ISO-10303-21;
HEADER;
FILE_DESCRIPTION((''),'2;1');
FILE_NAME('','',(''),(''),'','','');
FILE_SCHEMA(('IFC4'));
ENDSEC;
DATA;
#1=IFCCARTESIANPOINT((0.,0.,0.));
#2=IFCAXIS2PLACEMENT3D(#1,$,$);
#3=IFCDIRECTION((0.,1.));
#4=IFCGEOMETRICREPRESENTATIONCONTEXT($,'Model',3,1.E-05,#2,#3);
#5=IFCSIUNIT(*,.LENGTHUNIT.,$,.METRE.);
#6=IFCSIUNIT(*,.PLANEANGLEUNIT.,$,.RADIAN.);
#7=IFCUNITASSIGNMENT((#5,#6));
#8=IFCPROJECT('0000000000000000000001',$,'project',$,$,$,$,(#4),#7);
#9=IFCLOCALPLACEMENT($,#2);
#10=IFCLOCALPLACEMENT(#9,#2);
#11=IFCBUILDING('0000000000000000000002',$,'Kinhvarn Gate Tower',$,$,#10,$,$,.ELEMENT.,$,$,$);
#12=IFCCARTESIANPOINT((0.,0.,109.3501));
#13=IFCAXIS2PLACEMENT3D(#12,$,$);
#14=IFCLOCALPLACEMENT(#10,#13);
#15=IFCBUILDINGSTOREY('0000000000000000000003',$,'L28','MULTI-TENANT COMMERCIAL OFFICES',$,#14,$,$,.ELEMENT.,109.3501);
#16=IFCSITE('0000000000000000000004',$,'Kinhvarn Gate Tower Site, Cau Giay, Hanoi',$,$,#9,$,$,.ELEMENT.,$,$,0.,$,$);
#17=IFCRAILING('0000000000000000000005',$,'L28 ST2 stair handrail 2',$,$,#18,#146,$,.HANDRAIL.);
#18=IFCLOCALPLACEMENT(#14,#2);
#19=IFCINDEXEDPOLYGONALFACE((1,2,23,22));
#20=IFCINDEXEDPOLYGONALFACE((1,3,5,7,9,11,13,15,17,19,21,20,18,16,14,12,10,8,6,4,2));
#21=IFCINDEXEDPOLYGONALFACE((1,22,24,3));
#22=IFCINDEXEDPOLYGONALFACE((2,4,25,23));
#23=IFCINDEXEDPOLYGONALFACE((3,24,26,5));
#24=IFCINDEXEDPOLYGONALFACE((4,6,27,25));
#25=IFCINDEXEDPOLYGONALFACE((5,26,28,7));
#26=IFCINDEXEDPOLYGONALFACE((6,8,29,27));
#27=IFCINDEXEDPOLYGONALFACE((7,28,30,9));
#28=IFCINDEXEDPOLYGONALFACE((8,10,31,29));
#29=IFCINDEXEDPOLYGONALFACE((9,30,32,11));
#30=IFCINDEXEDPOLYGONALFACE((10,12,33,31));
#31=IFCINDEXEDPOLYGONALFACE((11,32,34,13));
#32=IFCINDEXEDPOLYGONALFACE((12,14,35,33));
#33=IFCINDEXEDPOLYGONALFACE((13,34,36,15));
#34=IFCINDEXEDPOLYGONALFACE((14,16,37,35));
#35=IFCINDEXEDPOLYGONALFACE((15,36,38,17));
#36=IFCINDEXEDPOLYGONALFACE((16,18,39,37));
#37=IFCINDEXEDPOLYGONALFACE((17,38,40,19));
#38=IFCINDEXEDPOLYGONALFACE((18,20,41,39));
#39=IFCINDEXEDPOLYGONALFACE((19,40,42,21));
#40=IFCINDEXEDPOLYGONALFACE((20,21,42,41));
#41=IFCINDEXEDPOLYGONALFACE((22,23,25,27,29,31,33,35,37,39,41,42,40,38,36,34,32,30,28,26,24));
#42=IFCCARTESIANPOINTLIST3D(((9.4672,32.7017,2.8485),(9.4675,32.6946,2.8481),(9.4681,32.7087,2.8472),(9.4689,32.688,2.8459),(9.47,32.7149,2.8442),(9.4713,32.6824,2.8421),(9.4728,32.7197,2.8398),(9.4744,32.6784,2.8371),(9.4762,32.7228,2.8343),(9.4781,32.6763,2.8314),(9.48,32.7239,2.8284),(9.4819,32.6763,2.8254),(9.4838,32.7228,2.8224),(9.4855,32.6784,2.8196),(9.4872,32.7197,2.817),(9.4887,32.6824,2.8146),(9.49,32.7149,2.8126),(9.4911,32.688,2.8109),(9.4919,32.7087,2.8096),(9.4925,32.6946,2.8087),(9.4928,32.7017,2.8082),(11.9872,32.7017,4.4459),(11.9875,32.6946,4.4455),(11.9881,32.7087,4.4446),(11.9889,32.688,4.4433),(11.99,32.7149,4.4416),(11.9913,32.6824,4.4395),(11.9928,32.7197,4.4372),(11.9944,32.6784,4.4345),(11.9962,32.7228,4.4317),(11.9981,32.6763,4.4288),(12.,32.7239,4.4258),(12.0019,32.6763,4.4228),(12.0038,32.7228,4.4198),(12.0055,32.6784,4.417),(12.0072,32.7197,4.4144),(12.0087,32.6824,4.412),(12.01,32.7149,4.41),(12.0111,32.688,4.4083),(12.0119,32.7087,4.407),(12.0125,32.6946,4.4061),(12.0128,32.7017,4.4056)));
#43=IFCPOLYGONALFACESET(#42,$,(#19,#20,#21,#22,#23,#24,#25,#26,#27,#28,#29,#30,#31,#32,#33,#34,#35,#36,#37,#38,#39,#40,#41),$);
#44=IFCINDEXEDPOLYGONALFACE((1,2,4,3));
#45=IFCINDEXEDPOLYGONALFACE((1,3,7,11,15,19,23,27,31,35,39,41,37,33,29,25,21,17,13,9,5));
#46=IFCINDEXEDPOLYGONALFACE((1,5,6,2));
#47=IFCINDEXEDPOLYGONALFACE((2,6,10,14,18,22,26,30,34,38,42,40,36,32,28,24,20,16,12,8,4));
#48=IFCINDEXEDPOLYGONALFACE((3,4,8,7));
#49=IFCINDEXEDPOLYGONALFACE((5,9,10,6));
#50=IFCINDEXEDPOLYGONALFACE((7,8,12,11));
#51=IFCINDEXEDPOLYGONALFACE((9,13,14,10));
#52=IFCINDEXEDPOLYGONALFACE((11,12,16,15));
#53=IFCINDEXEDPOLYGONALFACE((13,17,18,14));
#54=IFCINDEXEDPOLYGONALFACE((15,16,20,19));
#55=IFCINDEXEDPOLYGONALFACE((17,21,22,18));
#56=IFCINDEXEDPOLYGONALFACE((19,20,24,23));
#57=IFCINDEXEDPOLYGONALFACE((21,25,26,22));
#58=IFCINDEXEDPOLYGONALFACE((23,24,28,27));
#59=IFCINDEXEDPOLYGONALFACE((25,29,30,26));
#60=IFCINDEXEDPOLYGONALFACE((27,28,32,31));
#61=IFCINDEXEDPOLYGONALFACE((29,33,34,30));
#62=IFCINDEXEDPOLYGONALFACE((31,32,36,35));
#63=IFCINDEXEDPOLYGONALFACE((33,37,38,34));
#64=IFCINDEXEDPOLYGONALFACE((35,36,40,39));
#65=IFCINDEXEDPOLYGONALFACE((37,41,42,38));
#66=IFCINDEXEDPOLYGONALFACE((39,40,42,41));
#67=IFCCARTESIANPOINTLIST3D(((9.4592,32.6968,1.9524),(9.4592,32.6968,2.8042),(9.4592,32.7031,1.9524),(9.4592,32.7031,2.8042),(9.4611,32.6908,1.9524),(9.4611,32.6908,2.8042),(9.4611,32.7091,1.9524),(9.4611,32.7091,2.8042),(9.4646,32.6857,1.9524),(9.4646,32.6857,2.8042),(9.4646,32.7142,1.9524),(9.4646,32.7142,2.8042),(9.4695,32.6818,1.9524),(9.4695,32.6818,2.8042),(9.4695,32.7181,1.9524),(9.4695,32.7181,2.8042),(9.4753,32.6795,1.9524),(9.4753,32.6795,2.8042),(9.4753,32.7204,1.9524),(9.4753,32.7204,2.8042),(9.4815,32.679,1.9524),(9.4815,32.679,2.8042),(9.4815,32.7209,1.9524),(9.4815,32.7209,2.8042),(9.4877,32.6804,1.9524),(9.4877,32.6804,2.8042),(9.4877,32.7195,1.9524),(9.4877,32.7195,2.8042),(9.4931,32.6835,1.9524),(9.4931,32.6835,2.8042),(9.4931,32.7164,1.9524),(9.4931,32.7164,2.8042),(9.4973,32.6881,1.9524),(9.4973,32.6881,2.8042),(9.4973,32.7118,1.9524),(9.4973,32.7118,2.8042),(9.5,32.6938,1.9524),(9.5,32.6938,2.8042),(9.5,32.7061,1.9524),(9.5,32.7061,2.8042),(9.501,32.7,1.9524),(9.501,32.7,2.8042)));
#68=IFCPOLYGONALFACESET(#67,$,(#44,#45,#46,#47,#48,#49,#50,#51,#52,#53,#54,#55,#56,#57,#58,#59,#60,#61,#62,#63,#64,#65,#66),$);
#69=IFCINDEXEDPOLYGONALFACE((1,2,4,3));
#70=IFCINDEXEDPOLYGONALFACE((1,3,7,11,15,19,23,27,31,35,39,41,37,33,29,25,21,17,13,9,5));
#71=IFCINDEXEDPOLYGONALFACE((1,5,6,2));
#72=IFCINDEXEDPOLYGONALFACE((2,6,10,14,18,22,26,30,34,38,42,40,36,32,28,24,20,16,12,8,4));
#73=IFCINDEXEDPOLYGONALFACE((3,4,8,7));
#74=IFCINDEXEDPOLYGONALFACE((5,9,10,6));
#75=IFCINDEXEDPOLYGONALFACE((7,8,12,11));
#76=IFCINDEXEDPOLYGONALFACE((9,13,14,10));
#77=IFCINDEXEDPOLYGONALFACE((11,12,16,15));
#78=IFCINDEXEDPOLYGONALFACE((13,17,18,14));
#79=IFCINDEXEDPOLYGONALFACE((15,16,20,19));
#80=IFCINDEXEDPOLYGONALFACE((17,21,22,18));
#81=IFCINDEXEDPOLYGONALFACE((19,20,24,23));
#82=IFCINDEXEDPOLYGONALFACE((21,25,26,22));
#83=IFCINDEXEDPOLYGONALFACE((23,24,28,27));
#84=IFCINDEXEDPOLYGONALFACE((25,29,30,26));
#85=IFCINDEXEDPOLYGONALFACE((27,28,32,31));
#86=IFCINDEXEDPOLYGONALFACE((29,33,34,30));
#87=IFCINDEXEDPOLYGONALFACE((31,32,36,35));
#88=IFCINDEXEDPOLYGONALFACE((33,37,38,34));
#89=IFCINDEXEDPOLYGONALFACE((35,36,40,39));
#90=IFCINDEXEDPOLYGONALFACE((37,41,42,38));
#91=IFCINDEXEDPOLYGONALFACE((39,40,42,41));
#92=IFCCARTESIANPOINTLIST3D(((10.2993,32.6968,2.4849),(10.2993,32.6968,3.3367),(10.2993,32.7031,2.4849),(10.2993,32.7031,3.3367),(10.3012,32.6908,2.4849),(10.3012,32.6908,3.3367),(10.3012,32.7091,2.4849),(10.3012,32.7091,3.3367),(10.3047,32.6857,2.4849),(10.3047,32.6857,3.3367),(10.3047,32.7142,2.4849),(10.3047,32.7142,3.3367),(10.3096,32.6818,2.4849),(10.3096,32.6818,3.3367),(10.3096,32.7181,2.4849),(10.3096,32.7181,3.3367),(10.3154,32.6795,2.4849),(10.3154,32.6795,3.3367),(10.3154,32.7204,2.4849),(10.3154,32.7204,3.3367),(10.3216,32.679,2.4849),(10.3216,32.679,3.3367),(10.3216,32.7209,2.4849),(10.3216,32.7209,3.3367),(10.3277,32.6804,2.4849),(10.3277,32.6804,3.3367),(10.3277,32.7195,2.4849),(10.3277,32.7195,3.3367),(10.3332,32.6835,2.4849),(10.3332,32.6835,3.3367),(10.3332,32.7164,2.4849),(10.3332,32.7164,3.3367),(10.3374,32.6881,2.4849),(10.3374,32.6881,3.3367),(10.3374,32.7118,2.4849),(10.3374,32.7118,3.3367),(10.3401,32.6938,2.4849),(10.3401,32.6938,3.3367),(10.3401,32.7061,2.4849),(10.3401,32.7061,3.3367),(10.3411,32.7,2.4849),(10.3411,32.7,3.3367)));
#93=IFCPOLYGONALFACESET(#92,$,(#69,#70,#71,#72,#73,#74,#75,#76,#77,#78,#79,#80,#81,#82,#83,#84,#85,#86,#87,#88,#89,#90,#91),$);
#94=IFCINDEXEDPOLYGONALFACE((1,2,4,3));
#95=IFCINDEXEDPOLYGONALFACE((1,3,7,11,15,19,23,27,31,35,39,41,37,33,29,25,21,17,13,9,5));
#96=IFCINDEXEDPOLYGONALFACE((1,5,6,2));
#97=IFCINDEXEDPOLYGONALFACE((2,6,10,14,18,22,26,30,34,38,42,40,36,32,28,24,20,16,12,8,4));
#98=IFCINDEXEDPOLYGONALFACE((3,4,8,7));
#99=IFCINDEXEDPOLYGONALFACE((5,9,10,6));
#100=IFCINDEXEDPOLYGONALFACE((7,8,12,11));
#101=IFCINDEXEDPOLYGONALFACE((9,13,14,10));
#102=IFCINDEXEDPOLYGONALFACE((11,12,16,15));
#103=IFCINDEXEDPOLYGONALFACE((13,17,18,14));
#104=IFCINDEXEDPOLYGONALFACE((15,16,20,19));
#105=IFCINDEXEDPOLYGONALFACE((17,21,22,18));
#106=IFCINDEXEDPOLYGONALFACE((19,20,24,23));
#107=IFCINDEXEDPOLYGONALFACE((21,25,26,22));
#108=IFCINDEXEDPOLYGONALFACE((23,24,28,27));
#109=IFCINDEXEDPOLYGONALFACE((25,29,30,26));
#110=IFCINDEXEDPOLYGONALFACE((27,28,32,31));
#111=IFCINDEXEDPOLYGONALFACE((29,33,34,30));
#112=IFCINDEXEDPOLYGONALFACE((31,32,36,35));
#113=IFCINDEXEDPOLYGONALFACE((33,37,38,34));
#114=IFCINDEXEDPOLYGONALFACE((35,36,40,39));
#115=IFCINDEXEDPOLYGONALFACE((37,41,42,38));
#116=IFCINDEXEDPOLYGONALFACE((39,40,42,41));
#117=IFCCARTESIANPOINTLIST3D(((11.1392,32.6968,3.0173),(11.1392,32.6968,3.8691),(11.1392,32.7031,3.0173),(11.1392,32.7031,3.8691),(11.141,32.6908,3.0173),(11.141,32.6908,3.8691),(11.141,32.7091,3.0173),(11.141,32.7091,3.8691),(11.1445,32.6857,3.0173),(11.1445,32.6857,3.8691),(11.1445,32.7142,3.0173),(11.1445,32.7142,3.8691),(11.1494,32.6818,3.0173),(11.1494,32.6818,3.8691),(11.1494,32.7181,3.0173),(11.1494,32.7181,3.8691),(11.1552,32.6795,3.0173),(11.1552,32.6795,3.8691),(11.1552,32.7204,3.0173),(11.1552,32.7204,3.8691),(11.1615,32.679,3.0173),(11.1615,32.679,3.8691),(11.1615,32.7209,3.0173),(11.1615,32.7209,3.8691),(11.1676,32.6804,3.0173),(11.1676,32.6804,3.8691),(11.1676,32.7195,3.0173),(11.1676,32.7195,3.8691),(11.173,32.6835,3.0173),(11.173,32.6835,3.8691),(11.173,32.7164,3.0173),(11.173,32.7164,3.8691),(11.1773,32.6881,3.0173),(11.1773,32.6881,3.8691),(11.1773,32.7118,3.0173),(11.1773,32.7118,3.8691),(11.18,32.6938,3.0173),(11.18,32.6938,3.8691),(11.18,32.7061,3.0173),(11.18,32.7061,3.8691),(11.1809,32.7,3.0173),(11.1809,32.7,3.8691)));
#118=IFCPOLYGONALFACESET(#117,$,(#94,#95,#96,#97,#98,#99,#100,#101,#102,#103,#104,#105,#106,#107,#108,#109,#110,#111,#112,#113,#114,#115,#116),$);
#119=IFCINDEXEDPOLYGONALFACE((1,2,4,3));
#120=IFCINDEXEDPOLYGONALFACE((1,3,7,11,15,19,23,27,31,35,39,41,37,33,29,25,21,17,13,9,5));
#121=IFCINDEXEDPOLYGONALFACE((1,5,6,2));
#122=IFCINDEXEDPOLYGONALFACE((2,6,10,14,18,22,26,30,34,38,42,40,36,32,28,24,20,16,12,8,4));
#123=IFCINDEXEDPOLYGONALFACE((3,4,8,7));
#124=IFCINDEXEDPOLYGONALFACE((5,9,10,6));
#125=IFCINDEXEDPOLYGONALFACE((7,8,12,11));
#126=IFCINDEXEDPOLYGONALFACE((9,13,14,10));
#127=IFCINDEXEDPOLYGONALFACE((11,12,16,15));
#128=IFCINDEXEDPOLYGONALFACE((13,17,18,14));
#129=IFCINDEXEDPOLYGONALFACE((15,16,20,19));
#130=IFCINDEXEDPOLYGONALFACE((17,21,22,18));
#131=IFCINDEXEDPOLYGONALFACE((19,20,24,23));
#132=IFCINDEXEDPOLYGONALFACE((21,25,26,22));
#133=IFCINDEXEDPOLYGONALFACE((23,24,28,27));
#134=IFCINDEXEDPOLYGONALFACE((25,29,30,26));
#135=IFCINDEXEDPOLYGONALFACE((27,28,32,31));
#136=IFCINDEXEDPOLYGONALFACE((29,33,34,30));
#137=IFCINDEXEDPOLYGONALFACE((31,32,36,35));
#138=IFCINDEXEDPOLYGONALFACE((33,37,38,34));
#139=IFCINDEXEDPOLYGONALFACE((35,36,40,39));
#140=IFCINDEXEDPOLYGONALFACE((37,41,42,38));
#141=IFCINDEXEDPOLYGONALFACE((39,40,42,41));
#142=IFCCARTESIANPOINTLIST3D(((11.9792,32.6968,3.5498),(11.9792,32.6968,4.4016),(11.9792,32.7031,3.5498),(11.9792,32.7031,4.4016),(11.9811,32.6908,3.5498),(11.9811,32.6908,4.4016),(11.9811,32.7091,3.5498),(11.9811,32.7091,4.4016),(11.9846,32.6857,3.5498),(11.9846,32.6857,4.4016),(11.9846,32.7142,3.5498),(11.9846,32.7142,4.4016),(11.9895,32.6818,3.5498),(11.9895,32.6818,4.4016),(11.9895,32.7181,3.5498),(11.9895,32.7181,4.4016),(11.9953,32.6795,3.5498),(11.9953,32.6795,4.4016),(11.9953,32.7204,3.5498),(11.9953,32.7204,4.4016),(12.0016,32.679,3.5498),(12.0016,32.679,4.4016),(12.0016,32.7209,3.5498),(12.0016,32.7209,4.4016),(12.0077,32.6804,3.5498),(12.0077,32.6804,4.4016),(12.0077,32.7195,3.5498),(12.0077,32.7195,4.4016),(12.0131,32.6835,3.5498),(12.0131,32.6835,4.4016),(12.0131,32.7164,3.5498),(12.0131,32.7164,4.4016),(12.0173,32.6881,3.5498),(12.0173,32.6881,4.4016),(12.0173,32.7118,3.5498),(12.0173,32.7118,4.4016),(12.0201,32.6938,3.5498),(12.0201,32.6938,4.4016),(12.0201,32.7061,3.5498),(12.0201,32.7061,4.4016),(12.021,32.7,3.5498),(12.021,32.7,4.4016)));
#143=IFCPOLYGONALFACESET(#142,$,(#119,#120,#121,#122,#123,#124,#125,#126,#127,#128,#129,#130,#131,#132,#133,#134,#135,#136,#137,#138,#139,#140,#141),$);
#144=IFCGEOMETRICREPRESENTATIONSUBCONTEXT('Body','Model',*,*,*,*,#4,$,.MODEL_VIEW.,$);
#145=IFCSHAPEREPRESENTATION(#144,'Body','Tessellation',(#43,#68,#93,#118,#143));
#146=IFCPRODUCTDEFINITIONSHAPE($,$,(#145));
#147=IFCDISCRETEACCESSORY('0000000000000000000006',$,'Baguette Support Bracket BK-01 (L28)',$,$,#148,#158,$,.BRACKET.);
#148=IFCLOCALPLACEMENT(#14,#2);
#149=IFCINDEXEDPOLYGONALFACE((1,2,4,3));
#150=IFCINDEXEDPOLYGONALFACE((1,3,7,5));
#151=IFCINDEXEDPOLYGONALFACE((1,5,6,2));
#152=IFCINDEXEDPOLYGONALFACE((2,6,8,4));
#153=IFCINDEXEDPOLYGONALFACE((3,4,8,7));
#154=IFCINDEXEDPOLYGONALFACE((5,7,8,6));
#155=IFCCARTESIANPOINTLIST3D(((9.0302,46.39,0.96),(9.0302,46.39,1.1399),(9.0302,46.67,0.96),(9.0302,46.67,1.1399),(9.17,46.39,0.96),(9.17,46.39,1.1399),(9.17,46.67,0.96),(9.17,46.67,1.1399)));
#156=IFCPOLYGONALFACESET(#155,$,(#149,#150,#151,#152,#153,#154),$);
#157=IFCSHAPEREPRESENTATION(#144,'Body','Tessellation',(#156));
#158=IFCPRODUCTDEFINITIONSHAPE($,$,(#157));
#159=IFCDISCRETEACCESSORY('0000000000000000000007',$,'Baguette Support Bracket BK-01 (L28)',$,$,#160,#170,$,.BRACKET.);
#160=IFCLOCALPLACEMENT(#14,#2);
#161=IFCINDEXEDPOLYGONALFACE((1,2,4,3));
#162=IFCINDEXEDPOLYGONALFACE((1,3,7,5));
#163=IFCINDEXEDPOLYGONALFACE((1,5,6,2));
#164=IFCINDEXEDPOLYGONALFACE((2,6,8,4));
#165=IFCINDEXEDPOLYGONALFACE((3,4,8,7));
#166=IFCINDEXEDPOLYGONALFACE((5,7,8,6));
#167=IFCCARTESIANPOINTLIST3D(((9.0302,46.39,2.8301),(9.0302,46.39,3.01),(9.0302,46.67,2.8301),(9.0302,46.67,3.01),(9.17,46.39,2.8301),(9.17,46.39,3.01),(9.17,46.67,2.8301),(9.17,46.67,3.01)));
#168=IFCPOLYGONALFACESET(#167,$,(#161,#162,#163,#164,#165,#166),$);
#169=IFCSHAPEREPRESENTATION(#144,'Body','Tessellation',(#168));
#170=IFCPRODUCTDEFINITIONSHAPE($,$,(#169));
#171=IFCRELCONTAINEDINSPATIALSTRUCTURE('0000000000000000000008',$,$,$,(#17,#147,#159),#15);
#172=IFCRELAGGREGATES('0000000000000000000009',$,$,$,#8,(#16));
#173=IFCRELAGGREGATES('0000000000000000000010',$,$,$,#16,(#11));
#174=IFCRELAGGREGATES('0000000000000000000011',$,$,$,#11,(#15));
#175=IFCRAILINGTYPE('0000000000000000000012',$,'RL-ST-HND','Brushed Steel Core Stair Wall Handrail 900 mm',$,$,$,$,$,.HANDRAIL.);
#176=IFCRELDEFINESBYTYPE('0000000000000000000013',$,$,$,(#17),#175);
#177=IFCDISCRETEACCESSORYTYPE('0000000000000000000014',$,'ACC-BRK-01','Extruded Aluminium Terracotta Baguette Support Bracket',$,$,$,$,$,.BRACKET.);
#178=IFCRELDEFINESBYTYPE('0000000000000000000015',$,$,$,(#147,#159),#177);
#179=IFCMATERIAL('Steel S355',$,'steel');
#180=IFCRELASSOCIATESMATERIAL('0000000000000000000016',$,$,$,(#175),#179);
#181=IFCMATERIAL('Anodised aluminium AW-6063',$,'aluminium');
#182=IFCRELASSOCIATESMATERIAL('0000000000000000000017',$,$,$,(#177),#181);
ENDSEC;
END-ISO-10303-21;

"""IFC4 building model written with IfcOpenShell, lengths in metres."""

from ifc_helpers import new_model, si_unit, direction, frame, origin, origin_2d, place, context, subcontext, project, spatial, rectangle, circle, extrude, material, type_object, element, save


model = new_model("IFC4")

# Units and contexts
model_context = context("Model", 3, precision=1e-05, world=origin(), true_north=direction((0.0, 1.0)))
body_context = subcontext(model_context, "Body", "Model", "MODEL_VIEW")
ifc_project = project(units=[si_unit("LENGTHUNIT", "METRE"), si_unit("PLANEANGLEUNIT", "RADIAN")], contexts=[model_context])

# Site, building, storey
site_placement = place(None, origin())
site = spatial("IfcSite", under=ifc_project, at=site_placement, Name="Kinhvarn Gate Tower Site, Cau Giay, Hanoi", CompositionType="ELEMENT", RefElevation=0.0)
building_placement = place(site_placement, origin())
building = spatial("IfcBuilding", under=site, at=building_placement, Name="Kinhvarn Gate Tower", CompositionType="ELEMENT")
storey_placement = place(building_placement, frame((0.0, 0.0, 109.3501)))
storey = spatial("IfcBuildingStorey", under=building, at=storey_placement, Name="L28", Description="MULTI-TENANT COMMERCIAL OFFICES", CompositionType="ELEMENT", Elevation=109.3501)

# Shared definitions
ifc_material_1 = material(Name="Anodised aluminium AW-6063", Category="aluminium")

# Shared definitions
ifc_material_2 = material(Name="Steel S355", Category="steel")

# Railing
railing_type_1 = type_object("IfcRailingType", Name="RL-ST-HND", Description="Brushed Steel Core Stair Wall Handrail 900 mm", PredefinedType="HANDRAIL", material=ifc_material_2)
railing_1_placement = place(storey_placement, frame((9.48, 32.7, 1.9524)))
element("IfcRailing", 1, at=railing_1_placement, inside=storey, type_object=railing_type_1, Name="L28 ST2 stair handrail 2", PredefinedType="HANDRAIL", context=body_context, shape_type="SweptSolid", body=[
    extrude(circle(Radius=0.0239, at=origin_2d()), frame((0.0, 0.0, 0.876), z_axis=(0.844607, 0.0, 0.535387), x_axis=(0.0, 1.0, 0.0)), (0.0, 0.0, 1.0), 2.9836),
    extrude(circle(Radius=0.021, at=origin_2d()), origin(), (0.0, 0.0, 1.0), 0.8518),
    extrude(circle(Radius=0.021, at=origin_2d()), frame((0.8401, 0.0, 0.5325)), (0.0, 0.0, 1.0), 0.8518),
    extrude(circle(Radius=0.021, at=origin_2d()), frame((1.6799, 0.0, 1.0649)), (0.0, 0.0, 1.0), 0.8518),
    extrude(circle(Radius=0.021, at=origin_2d()), frame((2.52, 0.0, 1.5974)), (0.0, 0.0, 1.0), 0.8518),
])

# Discrete accessories
discrete_accessory_type = type_object("IfcDiscreteAccessoryType", Name="ACC-BRK-01", Description="Extruded Aluminium Terracotta Baguette Support Bracket", PredefinedType="BRACKET", material=ifc_material_1)
for number, where, z_axis, x_axis, name in (
    (2, (9.1001, 46.53, 0.96), (0.0, 0.0, 1.0), (-1.0, 0.0, 0.0), "Baguette Support Bracket BK-01 (L28)"),
    (3, (9.1001, 46.53, 2.8301), (0.0, 0.0, 1.0), (-1.0, 0.0, 0.0), "Baguette Support Bracket BK-01 (L28)"),
):
    element("IfcDiscreteAccessory", number, at=place(storey_placement, frame(where, z_axis=z_axis, x_axis=x_axis)), inside=storey, type_object=discrete_accessory_type, Name=name, PredefinedType="BRACKET", context=body_context, shape_type="SweptSolid", body=[
        extrude(rectangle(XDim=0.1399, YDim=0.28, at=origin_2d()), origin(), (0.0, 0.0, 1.0), 0.1799),
    ])

save(model, "model.ifc")
